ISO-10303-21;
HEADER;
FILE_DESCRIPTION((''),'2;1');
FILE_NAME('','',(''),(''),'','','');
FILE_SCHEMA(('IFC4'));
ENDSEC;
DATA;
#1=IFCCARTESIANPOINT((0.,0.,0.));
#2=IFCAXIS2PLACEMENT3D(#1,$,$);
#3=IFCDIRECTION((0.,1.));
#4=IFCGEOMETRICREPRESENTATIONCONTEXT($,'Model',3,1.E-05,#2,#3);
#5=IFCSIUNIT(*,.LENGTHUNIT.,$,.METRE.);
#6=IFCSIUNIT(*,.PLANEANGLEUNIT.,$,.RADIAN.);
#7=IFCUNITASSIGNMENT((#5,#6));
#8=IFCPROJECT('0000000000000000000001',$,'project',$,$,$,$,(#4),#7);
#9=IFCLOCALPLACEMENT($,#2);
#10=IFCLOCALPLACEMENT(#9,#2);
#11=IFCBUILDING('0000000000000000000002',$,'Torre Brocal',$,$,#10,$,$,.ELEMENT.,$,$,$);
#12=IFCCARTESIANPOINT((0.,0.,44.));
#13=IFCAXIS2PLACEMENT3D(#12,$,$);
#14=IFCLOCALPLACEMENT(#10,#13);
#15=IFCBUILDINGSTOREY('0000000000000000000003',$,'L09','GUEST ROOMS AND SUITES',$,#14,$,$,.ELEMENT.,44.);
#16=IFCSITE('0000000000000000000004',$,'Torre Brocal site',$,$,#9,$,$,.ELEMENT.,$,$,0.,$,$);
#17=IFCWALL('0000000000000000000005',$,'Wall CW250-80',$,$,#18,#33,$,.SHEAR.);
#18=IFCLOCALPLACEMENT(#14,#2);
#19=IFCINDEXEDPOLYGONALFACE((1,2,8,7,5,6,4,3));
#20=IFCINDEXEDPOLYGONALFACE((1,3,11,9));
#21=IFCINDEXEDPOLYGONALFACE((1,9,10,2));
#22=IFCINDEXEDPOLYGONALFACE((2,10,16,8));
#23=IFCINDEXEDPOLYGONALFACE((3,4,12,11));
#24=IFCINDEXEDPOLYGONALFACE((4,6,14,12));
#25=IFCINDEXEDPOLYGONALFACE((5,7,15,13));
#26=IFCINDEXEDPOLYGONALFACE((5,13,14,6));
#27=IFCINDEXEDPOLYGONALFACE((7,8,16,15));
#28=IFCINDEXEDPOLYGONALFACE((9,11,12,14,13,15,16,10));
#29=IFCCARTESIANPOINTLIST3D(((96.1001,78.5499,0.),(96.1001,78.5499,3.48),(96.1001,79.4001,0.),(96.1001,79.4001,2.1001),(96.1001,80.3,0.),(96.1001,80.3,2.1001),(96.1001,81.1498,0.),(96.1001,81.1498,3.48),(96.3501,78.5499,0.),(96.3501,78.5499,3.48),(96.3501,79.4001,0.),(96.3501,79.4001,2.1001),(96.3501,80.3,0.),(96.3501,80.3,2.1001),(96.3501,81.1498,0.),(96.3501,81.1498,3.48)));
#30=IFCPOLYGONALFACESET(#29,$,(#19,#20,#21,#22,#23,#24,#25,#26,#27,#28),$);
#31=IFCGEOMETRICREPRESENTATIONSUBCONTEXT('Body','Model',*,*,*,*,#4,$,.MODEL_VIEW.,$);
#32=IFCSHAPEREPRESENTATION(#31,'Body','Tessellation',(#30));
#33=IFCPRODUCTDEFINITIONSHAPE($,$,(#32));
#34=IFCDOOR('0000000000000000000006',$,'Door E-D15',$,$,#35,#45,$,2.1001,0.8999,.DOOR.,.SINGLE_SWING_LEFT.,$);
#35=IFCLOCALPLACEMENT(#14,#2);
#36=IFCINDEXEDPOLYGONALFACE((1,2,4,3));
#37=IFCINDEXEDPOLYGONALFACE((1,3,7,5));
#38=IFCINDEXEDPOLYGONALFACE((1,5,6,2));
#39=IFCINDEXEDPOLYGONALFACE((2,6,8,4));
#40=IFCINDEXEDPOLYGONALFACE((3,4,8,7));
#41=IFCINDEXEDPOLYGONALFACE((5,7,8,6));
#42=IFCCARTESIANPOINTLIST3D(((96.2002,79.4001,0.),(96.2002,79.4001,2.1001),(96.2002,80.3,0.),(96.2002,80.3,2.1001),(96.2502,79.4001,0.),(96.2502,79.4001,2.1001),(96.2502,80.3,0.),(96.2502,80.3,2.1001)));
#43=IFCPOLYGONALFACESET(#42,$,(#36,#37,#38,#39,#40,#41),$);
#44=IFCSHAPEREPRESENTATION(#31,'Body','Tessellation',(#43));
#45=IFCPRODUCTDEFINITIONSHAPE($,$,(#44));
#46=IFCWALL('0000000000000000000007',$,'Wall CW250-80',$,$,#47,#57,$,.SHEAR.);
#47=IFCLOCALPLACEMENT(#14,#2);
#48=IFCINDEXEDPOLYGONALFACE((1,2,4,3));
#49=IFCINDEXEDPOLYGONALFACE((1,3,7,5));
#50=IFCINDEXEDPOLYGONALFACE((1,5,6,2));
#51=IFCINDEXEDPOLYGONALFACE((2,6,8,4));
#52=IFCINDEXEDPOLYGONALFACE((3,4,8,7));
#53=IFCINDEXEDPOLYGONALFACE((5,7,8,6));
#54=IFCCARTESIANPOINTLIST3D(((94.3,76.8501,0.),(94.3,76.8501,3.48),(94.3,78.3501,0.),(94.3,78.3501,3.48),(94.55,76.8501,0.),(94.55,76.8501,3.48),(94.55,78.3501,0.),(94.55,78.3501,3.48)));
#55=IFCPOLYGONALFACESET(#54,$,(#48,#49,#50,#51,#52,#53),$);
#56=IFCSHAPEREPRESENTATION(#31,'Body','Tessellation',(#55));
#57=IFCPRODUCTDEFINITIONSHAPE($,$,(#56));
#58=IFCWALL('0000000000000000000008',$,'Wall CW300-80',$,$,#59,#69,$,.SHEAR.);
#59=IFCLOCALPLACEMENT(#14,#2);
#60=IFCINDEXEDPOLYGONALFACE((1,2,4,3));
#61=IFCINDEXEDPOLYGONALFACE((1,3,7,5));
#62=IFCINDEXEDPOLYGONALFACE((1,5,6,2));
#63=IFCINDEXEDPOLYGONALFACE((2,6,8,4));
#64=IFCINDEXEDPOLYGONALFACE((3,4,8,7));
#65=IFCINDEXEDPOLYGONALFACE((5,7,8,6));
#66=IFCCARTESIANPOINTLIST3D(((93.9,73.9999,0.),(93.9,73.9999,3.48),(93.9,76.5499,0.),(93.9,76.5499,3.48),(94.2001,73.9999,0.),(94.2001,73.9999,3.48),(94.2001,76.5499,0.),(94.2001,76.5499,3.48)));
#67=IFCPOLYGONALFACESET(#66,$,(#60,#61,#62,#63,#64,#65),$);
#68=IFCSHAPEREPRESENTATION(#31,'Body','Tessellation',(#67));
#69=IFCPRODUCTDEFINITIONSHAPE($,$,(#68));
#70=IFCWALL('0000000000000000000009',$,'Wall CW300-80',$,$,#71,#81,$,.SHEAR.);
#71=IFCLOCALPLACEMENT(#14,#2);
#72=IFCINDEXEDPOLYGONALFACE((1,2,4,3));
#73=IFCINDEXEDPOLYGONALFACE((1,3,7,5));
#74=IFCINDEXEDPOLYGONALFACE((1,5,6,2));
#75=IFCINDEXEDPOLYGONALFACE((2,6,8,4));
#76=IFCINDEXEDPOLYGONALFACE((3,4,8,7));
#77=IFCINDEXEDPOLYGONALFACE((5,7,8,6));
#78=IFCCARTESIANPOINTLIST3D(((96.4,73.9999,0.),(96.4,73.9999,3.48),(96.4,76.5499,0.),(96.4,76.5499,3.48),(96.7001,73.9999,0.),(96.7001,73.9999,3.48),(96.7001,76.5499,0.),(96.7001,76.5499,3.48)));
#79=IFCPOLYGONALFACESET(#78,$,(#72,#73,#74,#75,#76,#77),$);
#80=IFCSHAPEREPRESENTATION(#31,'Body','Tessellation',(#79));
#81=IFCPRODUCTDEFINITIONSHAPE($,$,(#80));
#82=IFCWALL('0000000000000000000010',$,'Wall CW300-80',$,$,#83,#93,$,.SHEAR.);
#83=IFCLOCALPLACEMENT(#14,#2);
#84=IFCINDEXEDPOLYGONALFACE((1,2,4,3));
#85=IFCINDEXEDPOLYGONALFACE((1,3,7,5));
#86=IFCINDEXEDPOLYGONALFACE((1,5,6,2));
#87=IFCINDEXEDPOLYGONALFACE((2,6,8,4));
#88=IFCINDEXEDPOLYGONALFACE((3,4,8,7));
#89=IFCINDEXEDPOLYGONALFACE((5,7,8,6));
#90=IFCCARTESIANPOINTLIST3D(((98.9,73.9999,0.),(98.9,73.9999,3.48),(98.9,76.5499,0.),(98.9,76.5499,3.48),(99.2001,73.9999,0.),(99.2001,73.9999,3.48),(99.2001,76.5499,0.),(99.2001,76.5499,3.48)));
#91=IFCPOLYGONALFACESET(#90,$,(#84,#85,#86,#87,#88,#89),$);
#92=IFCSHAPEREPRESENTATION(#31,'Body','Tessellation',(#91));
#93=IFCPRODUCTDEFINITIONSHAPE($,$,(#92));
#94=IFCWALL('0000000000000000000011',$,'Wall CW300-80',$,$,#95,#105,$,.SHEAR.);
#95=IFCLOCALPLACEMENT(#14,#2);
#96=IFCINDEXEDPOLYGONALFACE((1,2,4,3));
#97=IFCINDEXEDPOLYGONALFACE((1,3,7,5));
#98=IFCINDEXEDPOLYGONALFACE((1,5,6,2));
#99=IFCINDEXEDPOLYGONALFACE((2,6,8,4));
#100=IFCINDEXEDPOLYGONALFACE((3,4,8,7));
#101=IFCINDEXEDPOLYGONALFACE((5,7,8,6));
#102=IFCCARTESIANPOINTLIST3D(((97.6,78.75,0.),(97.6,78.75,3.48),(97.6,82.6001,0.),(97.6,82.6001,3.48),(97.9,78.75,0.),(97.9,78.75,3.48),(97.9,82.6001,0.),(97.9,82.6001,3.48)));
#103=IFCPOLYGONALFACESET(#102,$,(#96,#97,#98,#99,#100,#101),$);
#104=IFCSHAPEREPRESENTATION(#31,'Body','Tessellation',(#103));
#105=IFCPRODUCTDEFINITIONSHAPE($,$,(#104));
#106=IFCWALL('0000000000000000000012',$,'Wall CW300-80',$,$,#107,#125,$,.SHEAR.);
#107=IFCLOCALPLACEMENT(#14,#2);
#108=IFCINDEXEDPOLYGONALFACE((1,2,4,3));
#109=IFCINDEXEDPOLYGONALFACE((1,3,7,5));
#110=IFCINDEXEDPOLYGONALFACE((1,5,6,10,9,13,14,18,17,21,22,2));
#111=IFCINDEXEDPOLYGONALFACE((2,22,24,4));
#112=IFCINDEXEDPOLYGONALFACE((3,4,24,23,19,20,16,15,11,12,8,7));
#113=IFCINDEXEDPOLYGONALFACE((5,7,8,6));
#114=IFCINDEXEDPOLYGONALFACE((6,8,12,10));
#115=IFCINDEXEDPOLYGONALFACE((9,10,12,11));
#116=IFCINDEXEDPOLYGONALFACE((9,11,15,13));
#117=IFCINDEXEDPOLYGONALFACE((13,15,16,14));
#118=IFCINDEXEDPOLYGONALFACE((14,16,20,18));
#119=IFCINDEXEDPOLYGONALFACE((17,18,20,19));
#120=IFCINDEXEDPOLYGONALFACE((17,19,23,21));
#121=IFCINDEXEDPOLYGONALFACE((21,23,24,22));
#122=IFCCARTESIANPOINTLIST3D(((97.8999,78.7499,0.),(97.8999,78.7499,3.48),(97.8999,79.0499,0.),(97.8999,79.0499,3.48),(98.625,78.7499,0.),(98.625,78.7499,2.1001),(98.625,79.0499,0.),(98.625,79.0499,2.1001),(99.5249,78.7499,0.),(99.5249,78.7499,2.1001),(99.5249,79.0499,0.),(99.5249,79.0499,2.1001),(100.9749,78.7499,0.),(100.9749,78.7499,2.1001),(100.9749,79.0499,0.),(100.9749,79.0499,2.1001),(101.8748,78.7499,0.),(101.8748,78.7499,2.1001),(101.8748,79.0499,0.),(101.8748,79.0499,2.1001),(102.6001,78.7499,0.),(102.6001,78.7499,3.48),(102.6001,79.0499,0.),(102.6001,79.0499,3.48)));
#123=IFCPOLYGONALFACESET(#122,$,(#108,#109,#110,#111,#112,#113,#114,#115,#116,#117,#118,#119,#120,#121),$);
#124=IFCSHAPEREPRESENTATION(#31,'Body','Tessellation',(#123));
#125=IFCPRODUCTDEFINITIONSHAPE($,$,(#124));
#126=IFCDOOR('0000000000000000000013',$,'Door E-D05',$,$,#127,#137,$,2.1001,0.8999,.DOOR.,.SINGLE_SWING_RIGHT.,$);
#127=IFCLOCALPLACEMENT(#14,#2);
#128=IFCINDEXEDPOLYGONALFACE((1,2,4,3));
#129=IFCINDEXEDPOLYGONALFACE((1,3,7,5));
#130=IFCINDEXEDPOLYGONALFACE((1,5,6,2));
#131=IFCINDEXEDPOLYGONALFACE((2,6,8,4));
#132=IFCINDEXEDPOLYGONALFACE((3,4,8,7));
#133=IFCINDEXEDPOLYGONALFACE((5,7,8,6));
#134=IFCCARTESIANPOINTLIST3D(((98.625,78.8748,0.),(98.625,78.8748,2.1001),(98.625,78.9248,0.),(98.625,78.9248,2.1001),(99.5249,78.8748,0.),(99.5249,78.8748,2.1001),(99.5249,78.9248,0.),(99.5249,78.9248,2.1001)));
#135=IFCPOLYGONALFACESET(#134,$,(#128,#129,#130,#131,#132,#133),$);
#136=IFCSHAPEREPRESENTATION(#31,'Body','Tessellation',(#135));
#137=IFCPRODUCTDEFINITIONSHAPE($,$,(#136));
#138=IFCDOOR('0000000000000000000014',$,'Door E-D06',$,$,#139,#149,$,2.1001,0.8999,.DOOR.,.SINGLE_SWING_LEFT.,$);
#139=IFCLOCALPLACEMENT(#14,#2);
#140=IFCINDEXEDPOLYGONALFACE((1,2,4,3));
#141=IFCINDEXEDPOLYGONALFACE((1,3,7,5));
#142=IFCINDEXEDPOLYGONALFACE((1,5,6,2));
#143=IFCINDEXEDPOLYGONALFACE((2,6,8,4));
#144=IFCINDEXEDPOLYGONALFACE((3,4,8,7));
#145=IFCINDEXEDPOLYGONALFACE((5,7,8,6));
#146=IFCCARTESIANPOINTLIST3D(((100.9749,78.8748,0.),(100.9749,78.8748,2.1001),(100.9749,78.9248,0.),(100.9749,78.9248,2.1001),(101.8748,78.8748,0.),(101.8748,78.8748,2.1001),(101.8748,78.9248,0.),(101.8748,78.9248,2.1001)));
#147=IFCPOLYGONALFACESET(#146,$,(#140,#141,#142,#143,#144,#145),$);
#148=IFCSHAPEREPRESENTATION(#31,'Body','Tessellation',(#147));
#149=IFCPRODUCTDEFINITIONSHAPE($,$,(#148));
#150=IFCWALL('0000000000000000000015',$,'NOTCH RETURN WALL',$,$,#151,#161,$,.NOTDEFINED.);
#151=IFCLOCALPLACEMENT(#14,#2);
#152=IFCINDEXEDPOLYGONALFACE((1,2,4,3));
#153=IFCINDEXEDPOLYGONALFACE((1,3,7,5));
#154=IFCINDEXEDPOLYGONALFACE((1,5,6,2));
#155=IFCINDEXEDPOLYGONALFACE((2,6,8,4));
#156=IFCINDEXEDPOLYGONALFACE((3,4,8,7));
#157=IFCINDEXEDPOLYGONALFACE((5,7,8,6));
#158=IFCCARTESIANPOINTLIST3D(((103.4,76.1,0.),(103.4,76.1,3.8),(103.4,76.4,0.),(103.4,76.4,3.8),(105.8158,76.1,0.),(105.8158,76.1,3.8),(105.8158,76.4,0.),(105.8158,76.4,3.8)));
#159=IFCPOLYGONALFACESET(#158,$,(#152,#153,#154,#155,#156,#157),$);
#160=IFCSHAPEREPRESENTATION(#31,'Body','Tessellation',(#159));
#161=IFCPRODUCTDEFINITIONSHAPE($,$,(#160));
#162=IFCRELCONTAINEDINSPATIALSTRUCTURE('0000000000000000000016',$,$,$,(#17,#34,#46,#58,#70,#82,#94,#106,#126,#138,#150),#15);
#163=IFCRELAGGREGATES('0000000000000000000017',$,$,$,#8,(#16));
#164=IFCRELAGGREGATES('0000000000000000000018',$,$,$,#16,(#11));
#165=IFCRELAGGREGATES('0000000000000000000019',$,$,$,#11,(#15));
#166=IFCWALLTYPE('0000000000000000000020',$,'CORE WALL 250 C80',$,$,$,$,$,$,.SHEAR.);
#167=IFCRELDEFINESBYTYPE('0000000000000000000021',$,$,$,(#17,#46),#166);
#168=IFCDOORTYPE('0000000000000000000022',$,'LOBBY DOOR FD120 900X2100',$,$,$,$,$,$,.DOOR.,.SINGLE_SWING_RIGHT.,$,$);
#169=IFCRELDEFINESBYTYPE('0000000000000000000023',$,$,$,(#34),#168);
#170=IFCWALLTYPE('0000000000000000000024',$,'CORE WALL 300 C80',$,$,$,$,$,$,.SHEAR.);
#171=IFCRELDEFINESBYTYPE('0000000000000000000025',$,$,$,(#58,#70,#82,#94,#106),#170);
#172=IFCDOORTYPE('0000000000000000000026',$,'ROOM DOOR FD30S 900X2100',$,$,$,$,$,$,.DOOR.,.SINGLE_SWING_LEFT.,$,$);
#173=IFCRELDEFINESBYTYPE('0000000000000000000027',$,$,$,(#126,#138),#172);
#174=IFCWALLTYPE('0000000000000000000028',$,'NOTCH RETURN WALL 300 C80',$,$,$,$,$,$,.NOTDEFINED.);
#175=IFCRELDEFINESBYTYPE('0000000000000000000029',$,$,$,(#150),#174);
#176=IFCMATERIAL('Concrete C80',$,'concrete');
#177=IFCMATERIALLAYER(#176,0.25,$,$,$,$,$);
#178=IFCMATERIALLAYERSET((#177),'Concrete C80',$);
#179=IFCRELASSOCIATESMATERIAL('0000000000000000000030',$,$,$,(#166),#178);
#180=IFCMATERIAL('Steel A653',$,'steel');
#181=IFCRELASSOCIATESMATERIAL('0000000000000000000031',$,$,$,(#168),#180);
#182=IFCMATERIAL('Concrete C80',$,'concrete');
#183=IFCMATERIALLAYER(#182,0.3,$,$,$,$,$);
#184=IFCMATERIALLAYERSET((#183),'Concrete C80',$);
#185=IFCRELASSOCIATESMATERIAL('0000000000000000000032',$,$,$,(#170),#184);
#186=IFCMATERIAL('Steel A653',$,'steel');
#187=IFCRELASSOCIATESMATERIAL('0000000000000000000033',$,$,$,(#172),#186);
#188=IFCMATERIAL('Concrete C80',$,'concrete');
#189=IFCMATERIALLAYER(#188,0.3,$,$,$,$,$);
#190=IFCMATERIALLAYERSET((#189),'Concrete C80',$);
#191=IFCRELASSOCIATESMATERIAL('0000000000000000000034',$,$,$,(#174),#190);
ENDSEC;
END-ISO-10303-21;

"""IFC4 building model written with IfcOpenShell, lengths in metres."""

from ifc_helpers import new_model, si_unit, direction, frame, frame_2d, origin, place, context, subcontext, project, spatial, rectangle, extrude, material, layer, layer_set, type_object, element, fill, save


model = new_model("IFC4")

# Units and contexts
model_context = context("Model", 3, precision=1e-05, world=origin(), true_north=direction((0.0, 1.0)))
body_context = subcontext(model_context, "Body", "Model", "MODEL_VIEW")
ifc_project = project(units=[si_unit("LENGTHUNIT", "METRE"), si_unit("PLANEANGLEUNIT", "RADIAN")], contexts=[model_context])

# Site, building, storey
site_placement = place(None, origin())
site = spatial("IfcSite", under=ifc_project, at=site_placement, Name="Torre Brocal site", CompositionType="ELEMENT", RefElevation=0.0)
building_placement = place(site_placement, origin())
building = spatial("IfcBuilding", under=site, at=building_placement, Name="Torre Brocal", CompositionType="ELEMENT")
storey_placement = place(building_placement, frame((0.0, 0.0, 44.0)))
storey = spatial("IfcBuildingStorey", under=building, at=storey_placement, Name="L09", Description="GUEST ROOMS AND SUITES", CompositionType="ELEMENT", Elevation=44.0)

# Wall, opening, door
ifc_material_1 = material(Name="Concrete C80", Category="concrete")
ifc_layer_1 = layer(ifc_material_1, 0.25)
ifc_layer_set_1 = layer_set([ifc_layer_1], Name="Concrete C80")
wall_type_1 = type_object("IfcWallType", Name="CORE WALL 250 C80", PredefinedType="SHEAR", material=ifc_layer_set_1)
wall_1_placement = place(storey_placement, frame((96.2251, 78.55, 0.0), z_axis=(0.0, 0.0, 1.0), x_axis=(0.0, 1.0, 0.0)))
wall_1 = element("IfcWall", 1, at=wall_1_placement, inside=storey, type_object=wall_type_1, Name="Wall CW250-80", PredefinedType="SHEAR", context=body_context, shape_type="SweptSolid", body=[
    extrude(rectangle(XDim=2.5999, YDim=0.25, at=frame_2d((1.2998, 0.0))), origin(), (0.0, 0.0, 1.0), 3.48),
])
opening_1_placement = place(wall_1_placement, frame((0.8501, 0.0, 0.0)))
opening_1 = element("IfcOpeningElement", 2, at=opening_1_placement, cuts=wall_1, PredefinedType="OPENING", context=body_context, shape_type="SweptSolid", body=[
    extrude(rectangle(XDim=0.8999, YDim=2.1001, at=frame_2d((0.45, 1.05))), frame((0.0, 0.135, 0.0), z_axis=(0.0, -1.0, 0.0), x_axis=(1.0, 0.0, 0.0)), (0.0, 0.0, 1.0), 0.27),
])
ifc_material_2 = material(Name="Steel A653", Category="steel")
door_type_1 = type_object("IfcDoorType", Name="LOBBY DOOR FD120 900X2100", OperationType="SINGLE_SWING_RIGHT", PredefinedType="DOOR", material=ifc_material_2)
door_1_placement = place(opening_1_placement, origin())
door_1 = element("IfcDoor", 3, at=door_1_placement, inside=storey, type_object=door_type_1, Name="Door E-D15", OperationType="SINGLE_SWING_LEFT", OverallHeight=2.1001, OverallWidth=0.8999, PredefinedType="DOOR", context=body_context, shape_type="SweptSolid", body=[
    extrude(rectangle(XDim=0.8999, YDim=2.1001, at=frame_2d((0.45, 1.05))), frame((0.0, 0.0249, 0.0), z_axis=(0.0, -1.0, 0.0), x_axis=(1.0, 0.0, 0.0)), (0.0, 0.0, 1.0), 0.05),
])
fill(opening_1, door_1)

# Walls
wall_2_placement = place(storey_placement, frame((94.425, 76.8501, 0.0), z_axis=(0.0, 0.0, 1.0), x_axis=(0.0, 1.0, 0.0)))
element("IfcWall", 4, at=wall_2_placement, inside=storey, type_object=wall_type_1, Name="Wall CW250-80", PredefinedType="SHEAR", context=body_context, shape_type="SweptSolid", body=[
    extrude(rectangle(XDim=1.5, YDim=0.25, at=frame_2d((0.75, 0.0))), origin(), (0.0, 0.0, 1.0), 3.48),
])
ifc_material_3 = material(Name="Concrete C80", Category="concrete")
ifc_layer_2 = layer(ifc_material_3, 0.3)
ifc_layer_set_2 = layer_set([ifc_layer_2], Name="Concrete C80")
wall_type_2 = type_object("IfcWallType", Name="CORE WALL 300 C80", PredefinedType="SHEAR", material=ifc_layer_set_2)
for number, where, z_axis, x_axis, name in (
    (5, (94.05, 74.0, 0.0), (0.0, 0.0, 1.0), (0.0, 1.0, 0.0), "Wall CW300-80"),
    (6, (96.55, 74.0, 0.0), (0.0, 0.0, 1.0), (0.0, 1.0, 0.0), "Wall CW300-80"),
    (7, (99.05, 74.0, 0.0), (0.0, 0.0, 1.0), (0.0, 1.0, 0.0), "Wall CW300-80"),
):
    element("IfcWall", number, at=place(storey_placement, frame(where, z_axis=z_axis, x_axis=x_axis)), inside=storey, type_object=wall_type_2, Name=name, PredefinedType="SHEAR", context=body_context, shape_type="SweptSolid", body=[
        extrude(rectangle(XDim=2.55, YDim=0.3, at=frame_2d((1.2749, 0.0))), origin(), (0.0, 0.0, 1.0), 3.48),
    ])
wall_3_placement = place(storey_placement, frame((97.75, 78.75, 0.0), z_axis=(0.0, 0.0, 1.0), x_axis=(0.0, 1.0, 0.0)))
element("IfcWall", 8, at=wall_3_placement, inside=storey, type_object=wall_type_2, Name="Wall CW300-80", PredefinedType="SHEAR", context=body_context, shape_type="SweptSolid", body=[
    extrude(rectangle(XDim=3.8501, YDim=0.3, at=frame_2d((1.925, 0.0))), origin(), (0.0, 0.0, 1.0), 3.48),
])

# Wall, openings, doors
wall_4_placement = place(storey_placement, frame((97.8999, 78.8999, 0.0), z_axis=(0.0, 0.0, 1.0), x_axis=(1.0, 0.0, 0.0)))
wall_4 = element("IfcWall", 9, at=wall_4_placement, inside=storey, type_object=wall_type_2, Name="Wall CW300-80", PredefinedType="SHEAR", context=body_context, shape_type="SweptSolid", body=[
    extrude(rectangle(XDim=4.7002, YDim=0.3, at=frame_2d((2.3501, 0.0))), origin(), (0.0, 0.0, 1.0), 3.48),
])
opening_2_placement = place(wall_4_placement, frame((0.7251, 0.0, 0.0)))
opening_2 = element("IfcOpeningElement", 10, at=opening_2_placement, cuts=wall_4, PredefinedType="OPENING", context=body_context, shape_type="SweptSolid", body=[
    extrude(rectangle(XDim=0.8999, YDim=2.1001, at=frame_2d((0.45, 1.05))), frame((0.0, 0.1599, 0.0), z_axis=(0.0, -1.0, 0.0), x_axis=(1.0, 0.0, 0.0)), (0.0, 0.0, 1.0), 0.3201),
])
opening_3_placement = place(wall_4_placement, frame((3.075, 0.0, 0.0)))
opening_3 = element("IfcOpeningElement", 11, at=opening_3_placement, cuts=wall_4, PredefinedType="OPENING", context=body_context, shape_type="SweptSolid", body=[
    extrude(rectangle(XDim=0.8999, YDim=2.1001, at=frame_2d((0.45, 1.05))), frame((0.0, 0.1599, 0.0), z_axis=(0.0, -1.0, 0.0), x_axis=(1.0, 0.0, 0.0)), (0.0, 0.0, 1.0), 0.3201),
])
ifc_material_4 = material(Name="Steel A653", Category="steel")
door_type_2 = type_object("IfcDoorType", Name="ROOM DOOR FD30S 900X2100", OperationType="SINGLE_SWING_LEFT", PredefinedType="DOOR", material=ifc_material_4)
door_2_placement = place(opening_2_placement, origin())
door_2 = element("IfcDoor", 12, at=door_2_placement, inside=storey, type_object=door_type_2, Name="Door E-D05", OperationType="SINGLE_SWING_RIGHT", OverallHeight=2.1001, OverallWidth=0.8999, PredefinedType="DOOR", context=body_context, shape_type="SweptSolid", body=[
    extrude(rectangle(XDim=0.8999, YDim=2.1001, at=frame_2d((0.45, 1.05))), frame((0.0, 0.0249, 0.0), z_axis=(0.0, -1.0, 0.0), x_axis=(1.0, 0.0, 0.0)), (0.0, 0.0, 1.0), 0.05),
])
fill(opening_2, door_2)
door_3_placement = place(opening_3_placement, origin())
door_3 = element("IfcDoor", 13, at=door_3_placement, inside=storey, type_object=door_type_2, Name="Door E-D06", OperationType="SINGLE_SWING_LEFT", OverallHeight=2.1001, OverallWidth=0.8999, PredefinedType="DOOR", context=body_context, shape_type="SweptSolid", body=[
    extrude(rectangle(XDim=0.8999, YDim=2.1001, at=frame_2d((0.45, 1.05))), frame((0.0, 0.0249, 0.0), z_axis=(0.0, -1.0, 0.0), x_axis=(1.0, 0.0, 0.0)), (0.0, 0.0, 1.0), 0.05),
])
fill(opening_3, door_3)

# Wall
ifc_material_5 = material(Name="Concrete C80", Category="concrete")
ifc_layer_3 = layer(ifc_material_5, 0.3)
ifc_layer_set_3 = layer_set([ifc_layer_3], Name="Concrete C80")
wall_type_3 = type_object("IfcWallType", Name="NOTCH RETURN WALL 300 C80", PredefinedType="NOTDEFINED", material=ifc_layer_set_3)
wall_5_placement = place(storey_placement, frame((103.3999, 76.25, 0.0), z_axis=(0.0, 0.0, 1.0), x_axis=(1.0, 0.0, 0.0)))
element("IfcWall", 14, at=wall_5_placement, inside=storey, type_object=wall_type_3, Name="NOTCH RETURN WALL", PredefinedType="NOTDEFINED", context=body_context, shape_type="SweptSolid", body=[
    extrude(rectangle(XDim=2.4158, YDim=0.3, at=frame_2d((1.208, 0.0))), origin(), (0.0, 0.0, 1.0), 3.8),
])

save(model, "model.ifc")
